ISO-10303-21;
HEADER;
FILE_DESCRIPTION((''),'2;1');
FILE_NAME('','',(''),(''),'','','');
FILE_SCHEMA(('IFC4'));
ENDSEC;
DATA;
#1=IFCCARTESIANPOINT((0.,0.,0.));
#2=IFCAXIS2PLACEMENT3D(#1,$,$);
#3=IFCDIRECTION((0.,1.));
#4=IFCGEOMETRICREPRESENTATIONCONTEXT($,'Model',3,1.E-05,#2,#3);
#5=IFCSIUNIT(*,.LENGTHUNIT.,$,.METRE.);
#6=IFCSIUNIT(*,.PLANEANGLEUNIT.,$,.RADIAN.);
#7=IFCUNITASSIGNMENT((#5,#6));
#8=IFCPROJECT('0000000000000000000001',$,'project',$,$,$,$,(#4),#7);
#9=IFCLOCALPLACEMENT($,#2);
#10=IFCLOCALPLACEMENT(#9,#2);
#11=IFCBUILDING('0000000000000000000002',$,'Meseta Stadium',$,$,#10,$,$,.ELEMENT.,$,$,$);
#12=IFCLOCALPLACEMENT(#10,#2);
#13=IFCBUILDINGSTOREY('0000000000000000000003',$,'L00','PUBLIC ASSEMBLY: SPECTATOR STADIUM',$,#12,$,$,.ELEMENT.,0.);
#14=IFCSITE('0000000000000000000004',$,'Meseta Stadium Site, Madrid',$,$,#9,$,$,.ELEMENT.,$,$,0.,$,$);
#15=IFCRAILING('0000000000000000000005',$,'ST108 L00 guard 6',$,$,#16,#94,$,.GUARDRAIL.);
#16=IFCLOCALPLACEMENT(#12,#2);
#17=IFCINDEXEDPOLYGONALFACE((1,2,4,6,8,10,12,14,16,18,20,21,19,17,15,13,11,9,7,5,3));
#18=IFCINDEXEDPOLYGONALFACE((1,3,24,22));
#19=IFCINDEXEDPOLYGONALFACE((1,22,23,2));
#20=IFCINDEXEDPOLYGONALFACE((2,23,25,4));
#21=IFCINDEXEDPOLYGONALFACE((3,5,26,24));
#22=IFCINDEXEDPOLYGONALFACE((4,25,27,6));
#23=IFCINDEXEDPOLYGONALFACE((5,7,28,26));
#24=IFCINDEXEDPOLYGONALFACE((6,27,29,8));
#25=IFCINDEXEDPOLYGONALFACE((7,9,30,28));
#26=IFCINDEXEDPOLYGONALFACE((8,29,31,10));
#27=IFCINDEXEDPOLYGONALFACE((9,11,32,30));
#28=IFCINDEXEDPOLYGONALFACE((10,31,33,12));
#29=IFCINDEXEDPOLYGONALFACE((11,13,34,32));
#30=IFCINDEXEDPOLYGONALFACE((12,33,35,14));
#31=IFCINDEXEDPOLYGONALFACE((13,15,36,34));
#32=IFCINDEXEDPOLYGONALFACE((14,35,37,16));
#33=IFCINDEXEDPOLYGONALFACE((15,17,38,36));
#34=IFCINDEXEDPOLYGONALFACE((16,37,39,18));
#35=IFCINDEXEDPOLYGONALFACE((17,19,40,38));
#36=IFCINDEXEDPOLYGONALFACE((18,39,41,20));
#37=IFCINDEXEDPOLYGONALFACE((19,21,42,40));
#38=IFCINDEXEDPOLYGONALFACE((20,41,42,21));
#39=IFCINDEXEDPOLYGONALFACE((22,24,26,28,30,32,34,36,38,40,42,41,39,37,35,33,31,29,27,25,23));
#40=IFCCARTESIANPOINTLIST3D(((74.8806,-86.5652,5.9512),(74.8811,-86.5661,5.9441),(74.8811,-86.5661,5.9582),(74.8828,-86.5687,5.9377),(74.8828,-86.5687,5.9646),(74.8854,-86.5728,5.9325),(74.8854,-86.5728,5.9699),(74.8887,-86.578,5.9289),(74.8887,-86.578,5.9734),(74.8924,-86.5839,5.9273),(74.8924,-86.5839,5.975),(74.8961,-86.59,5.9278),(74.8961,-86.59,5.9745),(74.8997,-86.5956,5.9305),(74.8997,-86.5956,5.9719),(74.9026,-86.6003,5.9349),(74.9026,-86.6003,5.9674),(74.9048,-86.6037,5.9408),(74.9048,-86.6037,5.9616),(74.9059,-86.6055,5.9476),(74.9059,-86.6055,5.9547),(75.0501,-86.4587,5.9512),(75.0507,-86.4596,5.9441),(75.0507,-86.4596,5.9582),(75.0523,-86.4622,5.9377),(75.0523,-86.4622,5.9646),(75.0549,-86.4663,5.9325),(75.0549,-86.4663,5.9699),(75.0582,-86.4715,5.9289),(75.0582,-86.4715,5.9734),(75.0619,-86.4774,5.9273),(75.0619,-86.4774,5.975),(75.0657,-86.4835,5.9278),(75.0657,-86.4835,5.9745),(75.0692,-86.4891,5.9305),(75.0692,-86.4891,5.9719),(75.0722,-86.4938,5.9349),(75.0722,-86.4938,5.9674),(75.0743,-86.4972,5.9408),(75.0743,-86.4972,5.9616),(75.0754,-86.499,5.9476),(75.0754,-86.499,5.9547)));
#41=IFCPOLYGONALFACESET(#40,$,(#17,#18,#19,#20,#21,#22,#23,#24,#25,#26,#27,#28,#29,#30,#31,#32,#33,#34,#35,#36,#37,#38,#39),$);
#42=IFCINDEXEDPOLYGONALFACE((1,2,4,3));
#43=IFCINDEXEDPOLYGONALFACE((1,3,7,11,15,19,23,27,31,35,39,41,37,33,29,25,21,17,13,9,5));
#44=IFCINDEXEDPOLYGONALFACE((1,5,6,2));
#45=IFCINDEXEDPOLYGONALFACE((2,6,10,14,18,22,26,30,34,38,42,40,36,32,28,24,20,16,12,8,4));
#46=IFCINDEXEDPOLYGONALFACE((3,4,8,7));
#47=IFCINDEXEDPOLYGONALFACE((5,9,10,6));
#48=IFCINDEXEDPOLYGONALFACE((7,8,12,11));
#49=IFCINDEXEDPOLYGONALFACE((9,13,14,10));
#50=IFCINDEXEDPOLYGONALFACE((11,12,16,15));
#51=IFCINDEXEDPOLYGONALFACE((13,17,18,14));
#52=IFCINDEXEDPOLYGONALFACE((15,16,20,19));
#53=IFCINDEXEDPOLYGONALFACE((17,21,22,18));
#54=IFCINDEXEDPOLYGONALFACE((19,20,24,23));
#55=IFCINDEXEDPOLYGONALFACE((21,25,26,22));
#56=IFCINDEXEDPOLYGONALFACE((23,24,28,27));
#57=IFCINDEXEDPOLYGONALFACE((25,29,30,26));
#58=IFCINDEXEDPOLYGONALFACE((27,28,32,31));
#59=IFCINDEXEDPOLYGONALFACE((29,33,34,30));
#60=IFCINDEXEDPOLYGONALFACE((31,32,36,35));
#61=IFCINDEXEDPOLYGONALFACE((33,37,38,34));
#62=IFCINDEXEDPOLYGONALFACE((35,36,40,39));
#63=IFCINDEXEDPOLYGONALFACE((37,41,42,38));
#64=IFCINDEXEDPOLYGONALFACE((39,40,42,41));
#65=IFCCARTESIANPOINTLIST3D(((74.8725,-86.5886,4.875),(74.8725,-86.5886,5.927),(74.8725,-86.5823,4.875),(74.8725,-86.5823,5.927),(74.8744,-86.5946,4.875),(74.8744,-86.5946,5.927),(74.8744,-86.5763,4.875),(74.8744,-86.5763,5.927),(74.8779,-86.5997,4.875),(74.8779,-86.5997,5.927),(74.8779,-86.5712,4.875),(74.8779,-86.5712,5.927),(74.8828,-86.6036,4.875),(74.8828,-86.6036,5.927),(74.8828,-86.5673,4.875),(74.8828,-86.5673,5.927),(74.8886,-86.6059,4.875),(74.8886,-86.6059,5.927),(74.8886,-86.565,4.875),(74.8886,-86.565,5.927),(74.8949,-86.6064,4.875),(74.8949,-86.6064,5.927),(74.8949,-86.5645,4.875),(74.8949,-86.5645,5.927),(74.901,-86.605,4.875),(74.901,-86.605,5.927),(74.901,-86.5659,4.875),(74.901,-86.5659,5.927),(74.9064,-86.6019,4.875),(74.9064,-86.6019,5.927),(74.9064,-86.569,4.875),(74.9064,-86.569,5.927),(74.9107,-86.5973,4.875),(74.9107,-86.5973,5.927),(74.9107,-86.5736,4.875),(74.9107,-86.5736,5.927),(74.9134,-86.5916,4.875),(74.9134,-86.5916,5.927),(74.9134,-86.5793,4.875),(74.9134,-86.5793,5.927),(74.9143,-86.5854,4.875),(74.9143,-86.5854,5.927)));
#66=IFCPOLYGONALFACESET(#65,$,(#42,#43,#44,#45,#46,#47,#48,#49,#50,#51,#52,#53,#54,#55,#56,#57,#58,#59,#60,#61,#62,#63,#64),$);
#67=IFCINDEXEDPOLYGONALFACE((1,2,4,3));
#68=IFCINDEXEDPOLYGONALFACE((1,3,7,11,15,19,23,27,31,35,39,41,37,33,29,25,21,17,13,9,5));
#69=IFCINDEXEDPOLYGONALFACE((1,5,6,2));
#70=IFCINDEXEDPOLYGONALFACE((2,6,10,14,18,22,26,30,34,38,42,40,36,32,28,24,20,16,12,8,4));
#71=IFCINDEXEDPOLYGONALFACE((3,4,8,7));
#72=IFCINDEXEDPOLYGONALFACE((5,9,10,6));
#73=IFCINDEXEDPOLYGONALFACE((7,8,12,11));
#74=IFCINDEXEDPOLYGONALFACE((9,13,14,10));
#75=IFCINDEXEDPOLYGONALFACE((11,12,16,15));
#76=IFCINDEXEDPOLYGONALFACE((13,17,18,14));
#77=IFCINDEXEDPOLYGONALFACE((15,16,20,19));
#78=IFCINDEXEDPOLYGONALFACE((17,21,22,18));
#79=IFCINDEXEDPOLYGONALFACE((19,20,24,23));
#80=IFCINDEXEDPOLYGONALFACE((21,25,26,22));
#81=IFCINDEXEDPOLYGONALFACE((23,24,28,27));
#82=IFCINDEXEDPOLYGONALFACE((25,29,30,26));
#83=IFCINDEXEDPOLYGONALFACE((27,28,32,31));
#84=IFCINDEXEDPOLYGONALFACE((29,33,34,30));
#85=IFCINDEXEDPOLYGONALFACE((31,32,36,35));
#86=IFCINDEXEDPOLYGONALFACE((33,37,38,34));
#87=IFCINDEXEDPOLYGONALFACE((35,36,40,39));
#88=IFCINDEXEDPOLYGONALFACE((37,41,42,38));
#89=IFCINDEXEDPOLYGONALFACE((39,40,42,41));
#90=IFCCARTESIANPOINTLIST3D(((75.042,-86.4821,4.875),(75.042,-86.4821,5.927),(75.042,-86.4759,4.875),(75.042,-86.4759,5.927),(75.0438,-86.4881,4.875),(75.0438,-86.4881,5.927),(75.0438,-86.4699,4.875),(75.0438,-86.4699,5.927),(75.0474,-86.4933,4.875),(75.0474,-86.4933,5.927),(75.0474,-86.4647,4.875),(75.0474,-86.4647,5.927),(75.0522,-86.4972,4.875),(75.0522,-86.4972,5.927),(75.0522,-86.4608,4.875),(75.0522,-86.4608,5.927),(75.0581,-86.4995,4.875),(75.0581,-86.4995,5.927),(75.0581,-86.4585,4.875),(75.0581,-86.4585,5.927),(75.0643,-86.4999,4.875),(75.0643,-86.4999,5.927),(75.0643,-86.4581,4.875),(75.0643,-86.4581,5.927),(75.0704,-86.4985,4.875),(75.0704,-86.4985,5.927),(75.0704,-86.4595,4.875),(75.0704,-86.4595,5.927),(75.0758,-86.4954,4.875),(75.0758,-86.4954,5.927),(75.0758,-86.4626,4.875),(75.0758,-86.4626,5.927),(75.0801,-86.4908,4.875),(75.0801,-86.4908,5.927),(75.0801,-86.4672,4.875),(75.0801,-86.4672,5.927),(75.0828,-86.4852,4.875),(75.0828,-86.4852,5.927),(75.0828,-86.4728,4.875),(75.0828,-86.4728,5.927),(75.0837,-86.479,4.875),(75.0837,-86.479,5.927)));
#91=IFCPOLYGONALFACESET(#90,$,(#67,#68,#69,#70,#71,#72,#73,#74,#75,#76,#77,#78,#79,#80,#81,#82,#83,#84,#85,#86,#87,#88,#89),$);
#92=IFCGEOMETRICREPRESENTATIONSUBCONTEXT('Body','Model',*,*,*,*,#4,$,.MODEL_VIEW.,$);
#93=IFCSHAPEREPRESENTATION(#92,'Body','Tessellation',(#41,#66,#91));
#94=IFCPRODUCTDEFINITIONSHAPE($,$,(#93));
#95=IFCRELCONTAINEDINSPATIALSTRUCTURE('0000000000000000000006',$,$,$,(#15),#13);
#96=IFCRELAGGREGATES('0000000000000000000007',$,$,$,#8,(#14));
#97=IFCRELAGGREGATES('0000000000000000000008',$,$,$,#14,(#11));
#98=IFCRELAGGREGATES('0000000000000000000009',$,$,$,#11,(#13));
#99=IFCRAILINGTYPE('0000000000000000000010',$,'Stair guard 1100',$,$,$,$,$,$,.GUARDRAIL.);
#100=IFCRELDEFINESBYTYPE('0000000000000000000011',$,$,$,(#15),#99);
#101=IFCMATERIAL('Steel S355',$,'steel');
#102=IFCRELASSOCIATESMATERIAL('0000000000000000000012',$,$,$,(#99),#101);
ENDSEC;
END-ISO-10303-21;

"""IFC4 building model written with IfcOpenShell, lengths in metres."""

from ifc_helpers import new_model, si_unit, direction, frame, origin, origin_2d, place, context, subcontext, project, spatial, circle, extrude, material, type_object, element, save


model = new_model("IFC4")

# Units and contexts
model_context = context("Model", 3, precision=1e-05, world=origin(), true_north=direction((0.0, 1.0)))
body_context = subcontext(model_context, "Body", "Model", "MODEL_VIEW")
ifc_project = project(units=[si_unit("LENGTHUNIT", "METRE"), si_unit("PLANEANGLEUNIT", "RADIAN")], contexts=[model_context])

# Site, building, storey
site_placement = place(None, origin())
site = spatial("IfcSite", under=ifc_project, at=site_placement, Name="Meseta Stadium Site, Madrid", CompositionType="ELEMENT", RefElevation=0.0)
building_placement = place(site_placement, origin())
building = spatial("IfcBuilding", under=site, at=building_placement, Name="Meseta Stadium", CompositionType="ELEMENT")
storey_placement = place(building_placement, origin())
storey = spatial("IfcBuildingStorey", under=building, at=storey_placement, Name="L00", Description="PUBLIC ASSEMBLY: SPECTATOR STADIUM", CompositionType="ELEMENT", Elevation=0.0)

# Railing
ifc_material_1 = material(Name="Steel S355", Category="steel")
railing_type_1 = type_object("IfcRailingType", Name="Stair guard 1100", PredefinedType="GUARDRAIL", material=ifc_material_1)
railing_1_placement = place(storey_placement, frame((74.8933, -86.5854, 4.875)))
element("IfcRailing", 1, at=railing_1_placement, inside=storey, type_object=railing_type_1, Name="ST108 L00 guard 6", PredefinedType="GUARDRAIL", context=body_context, shape_type="SweptSolid", body=[
    extrude(circle(Radius=0.0239, at=origin_2d()), frame((0.0, 0.0, 1.0762), z_axis=(0.846762, 0.531972, 0.0), x_axis=(-0.531972, 0.846762, 0.0)), (0.0, 0.0, 1.0), 0.2002),
    extrude(circle(Radius=0.021, at=origin_2d()), origin(), (0.0, 0.0, 1.0), 1.052),
    extrude(circle(Radius=0.021, at=origin_2d()), frame((0.1694, 0.1064, 0.0)), (0.0, 0.0, 1.0), 1.052),
])

save(model, "model.ifc")
